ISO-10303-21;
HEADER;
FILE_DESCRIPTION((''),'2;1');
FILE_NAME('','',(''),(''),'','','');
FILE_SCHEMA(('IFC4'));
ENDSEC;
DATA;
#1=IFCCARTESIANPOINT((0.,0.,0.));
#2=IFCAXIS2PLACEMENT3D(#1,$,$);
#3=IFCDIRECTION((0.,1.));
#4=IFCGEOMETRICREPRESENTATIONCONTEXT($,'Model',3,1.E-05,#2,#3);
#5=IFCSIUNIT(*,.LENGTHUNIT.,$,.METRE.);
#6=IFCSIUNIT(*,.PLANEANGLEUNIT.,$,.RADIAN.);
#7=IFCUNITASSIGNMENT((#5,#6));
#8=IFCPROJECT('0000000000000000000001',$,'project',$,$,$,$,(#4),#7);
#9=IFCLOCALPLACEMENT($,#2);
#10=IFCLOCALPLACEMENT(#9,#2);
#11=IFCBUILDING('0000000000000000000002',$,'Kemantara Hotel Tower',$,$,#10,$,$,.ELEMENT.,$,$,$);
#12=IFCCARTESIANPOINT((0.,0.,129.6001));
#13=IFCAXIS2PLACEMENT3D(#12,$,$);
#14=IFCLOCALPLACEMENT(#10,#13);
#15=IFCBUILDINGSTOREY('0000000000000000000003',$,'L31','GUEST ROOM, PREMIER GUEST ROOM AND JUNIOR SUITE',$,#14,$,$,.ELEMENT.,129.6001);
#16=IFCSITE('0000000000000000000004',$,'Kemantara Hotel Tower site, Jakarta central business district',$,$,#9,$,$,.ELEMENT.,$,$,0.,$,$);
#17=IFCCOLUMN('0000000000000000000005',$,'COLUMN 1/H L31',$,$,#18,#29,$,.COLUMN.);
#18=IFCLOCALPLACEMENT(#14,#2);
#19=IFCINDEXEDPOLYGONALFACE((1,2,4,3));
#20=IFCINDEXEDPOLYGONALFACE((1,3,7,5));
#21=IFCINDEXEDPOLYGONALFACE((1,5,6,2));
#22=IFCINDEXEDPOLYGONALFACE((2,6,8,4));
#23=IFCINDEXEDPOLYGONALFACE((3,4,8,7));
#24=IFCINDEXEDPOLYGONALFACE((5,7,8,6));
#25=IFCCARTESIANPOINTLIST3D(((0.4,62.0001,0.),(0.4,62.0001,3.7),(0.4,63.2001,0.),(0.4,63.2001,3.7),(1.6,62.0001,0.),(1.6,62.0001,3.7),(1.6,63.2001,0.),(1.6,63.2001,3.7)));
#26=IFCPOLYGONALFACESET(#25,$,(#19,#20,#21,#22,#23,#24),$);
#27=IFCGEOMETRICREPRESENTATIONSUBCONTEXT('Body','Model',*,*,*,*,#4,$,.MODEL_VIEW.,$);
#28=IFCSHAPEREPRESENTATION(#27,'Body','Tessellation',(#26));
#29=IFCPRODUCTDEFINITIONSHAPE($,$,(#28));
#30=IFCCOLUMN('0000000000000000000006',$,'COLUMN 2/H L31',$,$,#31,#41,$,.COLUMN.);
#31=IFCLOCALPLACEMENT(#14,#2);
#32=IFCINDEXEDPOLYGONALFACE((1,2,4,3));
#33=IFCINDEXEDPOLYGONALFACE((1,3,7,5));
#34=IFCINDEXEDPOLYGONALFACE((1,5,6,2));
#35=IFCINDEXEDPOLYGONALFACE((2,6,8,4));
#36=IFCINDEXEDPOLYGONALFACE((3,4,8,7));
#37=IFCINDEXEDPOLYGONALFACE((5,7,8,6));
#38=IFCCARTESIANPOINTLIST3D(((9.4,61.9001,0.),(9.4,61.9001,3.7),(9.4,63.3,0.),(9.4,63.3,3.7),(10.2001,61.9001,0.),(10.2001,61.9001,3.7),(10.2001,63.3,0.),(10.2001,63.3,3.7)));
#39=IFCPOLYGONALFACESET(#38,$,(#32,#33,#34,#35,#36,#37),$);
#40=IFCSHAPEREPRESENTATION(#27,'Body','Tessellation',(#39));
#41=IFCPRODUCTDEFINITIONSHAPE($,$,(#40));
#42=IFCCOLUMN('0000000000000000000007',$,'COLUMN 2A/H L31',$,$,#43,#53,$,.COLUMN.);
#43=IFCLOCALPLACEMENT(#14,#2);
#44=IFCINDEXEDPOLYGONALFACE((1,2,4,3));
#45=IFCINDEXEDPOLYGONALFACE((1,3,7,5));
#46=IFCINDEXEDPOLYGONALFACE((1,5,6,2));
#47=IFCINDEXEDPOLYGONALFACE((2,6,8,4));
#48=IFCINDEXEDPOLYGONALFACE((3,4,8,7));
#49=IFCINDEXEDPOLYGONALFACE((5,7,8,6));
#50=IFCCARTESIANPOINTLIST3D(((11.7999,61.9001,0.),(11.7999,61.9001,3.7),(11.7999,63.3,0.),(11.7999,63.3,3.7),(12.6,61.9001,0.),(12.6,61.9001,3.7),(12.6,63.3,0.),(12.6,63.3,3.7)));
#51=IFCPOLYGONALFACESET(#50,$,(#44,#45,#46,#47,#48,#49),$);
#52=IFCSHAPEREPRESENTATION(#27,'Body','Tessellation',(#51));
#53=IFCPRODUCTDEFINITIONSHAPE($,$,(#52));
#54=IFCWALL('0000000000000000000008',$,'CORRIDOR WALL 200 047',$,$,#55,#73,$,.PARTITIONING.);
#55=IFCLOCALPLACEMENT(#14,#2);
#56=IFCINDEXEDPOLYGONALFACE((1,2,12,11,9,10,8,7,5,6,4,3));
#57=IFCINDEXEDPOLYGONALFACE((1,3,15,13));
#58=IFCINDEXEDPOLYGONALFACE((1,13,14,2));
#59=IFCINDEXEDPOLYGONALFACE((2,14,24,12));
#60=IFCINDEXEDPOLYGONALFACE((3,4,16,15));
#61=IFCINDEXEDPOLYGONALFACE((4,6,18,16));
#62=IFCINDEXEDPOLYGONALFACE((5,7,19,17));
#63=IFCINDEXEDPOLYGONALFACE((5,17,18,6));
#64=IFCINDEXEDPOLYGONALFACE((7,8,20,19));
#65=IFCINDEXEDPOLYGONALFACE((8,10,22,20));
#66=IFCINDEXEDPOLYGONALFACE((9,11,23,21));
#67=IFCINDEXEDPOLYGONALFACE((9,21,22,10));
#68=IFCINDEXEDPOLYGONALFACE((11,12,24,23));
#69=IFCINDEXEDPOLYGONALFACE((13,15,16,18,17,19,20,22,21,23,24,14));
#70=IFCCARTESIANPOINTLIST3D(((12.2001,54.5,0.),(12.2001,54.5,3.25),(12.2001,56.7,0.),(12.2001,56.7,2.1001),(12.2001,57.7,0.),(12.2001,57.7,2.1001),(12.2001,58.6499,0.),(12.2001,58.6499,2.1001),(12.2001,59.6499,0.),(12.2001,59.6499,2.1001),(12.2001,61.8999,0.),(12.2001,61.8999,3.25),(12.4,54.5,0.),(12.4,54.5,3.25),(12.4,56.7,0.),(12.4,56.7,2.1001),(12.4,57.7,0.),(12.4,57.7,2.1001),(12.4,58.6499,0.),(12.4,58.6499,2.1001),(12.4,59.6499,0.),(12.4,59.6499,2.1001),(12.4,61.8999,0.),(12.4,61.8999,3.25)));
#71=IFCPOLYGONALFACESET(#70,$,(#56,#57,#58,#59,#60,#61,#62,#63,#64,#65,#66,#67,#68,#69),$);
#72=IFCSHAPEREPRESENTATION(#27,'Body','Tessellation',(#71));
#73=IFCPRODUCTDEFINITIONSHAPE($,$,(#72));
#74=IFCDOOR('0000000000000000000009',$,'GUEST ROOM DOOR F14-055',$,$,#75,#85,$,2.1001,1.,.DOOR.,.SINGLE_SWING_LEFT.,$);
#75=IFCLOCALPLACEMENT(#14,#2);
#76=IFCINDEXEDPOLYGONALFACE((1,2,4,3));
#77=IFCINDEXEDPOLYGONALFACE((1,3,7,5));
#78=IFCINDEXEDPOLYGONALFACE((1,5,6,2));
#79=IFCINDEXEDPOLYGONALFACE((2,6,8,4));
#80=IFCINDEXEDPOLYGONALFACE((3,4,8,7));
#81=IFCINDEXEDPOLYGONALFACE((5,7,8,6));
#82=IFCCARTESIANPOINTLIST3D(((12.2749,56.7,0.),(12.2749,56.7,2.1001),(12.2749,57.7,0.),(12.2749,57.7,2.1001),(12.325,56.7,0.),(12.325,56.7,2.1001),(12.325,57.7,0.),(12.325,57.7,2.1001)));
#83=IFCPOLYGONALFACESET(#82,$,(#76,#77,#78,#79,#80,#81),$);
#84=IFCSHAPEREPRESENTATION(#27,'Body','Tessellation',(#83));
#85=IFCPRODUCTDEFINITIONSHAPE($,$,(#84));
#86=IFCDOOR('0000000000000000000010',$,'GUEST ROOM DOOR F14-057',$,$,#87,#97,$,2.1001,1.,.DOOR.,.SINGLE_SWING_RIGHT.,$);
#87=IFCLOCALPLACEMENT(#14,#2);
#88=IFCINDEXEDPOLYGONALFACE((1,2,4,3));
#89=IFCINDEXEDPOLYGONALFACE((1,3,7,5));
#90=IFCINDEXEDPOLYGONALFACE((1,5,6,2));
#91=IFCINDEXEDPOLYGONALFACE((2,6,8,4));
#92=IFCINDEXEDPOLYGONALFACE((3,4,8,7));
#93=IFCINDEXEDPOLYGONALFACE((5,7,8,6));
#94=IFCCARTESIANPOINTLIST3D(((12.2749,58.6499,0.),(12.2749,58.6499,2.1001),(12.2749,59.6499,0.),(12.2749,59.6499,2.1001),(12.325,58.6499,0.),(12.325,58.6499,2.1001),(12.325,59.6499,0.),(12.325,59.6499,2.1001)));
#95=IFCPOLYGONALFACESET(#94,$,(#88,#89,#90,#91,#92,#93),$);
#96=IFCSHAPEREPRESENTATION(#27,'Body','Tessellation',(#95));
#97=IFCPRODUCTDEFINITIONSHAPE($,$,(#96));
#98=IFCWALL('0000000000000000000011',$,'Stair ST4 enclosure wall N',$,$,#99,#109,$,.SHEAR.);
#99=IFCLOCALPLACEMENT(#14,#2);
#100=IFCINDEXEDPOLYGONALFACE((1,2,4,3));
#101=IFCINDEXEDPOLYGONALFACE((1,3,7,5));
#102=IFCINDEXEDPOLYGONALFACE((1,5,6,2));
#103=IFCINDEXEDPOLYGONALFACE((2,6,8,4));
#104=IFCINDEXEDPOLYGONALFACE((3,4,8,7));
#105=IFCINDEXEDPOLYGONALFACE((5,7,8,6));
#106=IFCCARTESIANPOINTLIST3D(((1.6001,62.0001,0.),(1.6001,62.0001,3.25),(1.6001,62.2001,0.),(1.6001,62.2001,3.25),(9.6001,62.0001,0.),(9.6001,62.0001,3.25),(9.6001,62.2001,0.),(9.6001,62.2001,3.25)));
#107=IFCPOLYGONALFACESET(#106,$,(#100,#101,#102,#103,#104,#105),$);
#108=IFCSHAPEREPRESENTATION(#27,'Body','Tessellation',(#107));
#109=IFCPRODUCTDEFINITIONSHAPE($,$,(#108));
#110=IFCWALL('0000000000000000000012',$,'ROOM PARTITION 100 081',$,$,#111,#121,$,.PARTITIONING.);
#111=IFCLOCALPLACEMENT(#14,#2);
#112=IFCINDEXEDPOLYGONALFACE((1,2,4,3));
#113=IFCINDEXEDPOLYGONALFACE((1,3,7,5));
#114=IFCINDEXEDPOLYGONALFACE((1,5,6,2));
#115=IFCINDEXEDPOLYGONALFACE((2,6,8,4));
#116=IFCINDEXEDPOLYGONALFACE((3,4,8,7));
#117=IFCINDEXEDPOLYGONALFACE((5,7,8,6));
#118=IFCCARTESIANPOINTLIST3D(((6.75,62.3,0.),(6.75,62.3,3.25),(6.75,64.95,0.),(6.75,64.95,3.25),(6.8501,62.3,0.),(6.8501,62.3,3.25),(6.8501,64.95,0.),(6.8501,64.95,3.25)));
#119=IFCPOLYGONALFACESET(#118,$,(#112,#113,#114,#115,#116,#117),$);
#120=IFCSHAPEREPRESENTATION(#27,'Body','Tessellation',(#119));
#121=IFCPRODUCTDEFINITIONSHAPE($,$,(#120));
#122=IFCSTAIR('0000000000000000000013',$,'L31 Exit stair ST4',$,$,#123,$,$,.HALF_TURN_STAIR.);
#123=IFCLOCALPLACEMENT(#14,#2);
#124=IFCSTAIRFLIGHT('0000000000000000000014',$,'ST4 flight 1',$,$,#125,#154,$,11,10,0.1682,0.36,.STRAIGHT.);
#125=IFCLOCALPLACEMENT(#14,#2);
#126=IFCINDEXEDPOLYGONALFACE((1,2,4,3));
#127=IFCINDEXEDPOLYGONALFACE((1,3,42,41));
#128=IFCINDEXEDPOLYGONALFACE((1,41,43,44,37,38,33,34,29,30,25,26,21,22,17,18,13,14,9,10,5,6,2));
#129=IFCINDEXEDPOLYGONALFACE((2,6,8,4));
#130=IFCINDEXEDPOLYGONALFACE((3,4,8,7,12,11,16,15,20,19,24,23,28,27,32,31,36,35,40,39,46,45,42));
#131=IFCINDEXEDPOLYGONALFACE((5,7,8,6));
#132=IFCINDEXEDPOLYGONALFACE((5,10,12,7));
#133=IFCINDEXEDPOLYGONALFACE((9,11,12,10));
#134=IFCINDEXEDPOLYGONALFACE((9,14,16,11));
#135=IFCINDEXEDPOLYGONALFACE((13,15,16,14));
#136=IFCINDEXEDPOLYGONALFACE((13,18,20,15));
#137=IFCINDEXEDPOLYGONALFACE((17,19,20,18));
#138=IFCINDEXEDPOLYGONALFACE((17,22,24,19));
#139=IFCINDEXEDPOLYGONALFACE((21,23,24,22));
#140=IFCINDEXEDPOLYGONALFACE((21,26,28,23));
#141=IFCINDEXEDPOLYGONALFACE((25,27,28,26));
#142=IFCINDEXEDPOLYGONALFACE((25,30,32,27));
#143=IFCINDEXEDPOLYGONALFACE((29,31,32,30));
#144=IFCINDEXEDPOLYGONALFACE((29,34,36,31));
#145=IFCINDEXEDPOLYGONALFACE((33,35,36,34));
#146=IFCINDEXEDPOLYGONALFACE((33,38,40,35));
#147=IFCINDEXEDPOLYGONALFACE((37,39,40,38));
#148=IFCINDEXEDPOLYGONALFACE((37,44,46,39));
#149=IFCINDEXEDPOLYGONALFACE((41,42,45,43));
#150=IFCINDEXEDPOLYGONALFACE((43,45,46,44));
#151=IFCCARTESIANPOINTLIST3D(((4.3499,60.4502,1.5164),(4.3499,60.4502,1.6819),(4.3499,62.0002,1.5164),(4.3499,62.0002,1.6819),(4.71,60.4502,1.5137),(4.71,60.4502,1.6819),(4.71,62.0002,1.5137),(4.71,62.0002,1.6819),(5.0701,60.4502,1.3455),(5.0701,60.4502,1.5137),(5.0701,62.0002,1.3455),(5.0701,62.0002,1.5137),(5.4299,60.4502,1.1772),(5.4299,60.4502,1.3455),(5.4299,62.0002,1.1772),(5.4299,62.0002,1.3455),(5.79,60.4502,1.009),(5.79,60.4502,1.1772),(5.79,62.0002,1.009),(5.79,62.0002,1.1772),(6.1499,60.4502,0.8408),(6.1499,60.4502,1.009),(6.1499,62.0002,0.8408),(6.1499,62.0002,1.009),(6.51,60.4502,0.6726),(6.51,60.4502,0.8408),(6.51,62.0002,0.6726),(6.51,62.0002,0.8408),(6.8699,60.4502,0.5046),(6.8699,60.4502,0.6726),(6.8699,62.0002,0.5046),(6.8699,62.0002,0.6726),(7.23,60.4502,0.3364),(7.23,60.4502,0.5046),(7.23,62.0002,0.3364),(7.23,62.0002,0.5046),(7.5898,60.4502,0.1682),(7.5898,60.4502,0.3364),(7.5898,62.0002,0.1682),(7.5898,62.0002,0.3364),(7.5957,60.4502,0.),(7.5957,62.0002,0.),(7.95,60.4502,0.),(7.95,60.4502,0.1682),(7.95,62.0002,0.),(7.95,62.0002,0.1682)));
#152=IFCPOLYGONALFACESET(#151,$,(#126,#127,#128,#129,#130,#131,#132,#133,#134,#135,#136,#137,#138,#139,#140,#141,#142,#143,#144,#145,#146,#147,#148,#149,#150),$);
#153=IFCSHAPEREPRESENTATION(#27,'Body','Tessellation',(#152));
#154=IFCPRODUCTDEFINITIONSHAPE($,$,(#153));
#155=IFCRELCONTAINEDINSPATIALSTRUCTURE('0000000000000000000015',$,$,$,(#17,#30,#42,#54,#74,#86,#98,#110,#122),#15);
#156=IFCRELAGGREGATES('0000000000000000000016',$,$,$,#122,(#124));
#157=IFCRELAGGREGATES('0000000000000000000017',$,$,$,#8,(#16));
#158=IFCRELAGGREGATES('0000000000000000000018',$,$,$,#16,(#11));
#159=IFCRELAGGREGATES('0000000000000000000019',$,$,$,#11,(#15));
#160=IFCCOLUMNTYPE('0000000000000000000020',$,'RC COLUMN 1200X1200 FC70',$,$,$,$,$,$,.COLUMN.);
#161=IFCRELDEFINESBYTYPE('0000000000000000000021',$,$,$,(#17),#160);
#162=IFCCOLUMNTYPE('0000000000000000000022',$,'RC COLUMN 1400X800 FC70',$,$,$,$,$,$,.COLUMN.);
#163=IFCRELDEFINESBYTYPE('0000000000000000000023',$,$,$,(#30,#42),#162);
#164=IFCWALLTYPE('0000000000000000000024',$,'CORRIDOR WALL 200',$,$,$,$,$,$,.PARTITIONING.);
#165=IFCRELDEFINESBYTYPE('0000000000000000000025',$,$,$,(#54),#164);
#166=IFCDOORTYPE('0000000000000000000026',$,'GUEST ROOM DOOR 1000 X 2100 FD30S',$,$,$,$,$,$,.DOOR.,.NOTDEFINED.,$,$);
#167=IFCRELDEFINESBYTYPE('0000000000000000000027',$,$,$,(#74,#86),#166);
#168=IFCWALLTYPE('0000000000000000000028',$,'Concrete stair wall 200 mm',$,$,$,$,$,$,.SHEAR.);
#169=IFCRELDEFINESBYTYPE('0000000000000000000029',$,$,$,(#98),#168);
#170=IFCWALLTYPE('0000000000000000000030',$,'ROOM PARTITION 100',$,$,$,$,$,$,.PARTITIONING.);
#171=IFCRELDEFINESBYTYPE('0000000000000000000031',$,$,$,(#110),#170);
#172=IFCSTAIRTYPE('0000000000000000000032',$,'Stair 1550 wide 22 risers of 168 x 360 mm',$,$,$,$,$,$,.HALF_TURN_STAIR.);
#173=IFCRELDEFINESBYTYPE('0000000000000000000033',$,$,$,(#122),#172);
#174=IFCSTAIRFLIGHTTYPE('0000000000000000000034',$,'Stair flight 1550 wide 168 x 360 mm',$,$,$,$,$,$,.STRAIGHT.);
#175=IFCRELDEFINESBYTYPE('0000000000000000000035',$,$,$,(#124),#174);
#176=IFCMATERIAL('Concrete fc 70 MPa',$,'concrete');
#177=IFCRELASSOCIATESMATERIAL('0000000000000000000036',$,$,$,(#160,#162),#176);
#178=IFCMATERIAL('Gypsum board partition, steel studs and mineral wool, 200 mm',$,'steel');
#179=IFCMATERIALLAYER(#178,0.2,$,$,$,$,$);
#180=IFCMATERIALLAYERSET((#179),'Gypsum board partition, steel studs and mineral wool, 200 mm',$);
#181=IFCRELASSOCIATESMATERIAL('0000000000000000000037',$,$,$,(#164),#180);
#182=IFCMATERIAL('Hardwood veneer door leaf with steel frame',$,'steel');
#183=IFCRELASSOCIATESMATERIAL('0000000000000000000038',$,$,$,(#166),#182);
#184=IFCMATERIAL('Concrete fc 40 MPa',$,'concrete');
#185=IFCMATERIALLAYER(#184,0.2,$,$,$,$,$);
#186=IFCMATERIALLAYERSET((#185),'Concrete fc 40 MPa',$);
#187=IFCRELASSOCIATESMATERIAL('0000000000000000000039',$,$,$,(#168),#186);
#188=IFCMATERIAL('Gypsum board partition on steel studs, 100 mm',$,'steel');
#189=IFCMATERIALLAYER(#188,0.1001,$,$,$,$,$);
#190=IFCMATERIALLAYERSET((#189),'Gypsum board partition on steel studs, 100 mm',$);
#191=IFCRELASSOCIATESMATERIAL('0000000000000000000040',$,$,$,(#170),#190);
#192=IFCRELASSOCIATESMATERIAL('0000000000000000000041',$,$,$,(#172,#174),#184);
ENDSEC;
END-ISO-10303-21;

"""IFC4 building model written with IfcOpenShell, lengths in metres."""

from ifc_helpers import new_model, si_unit, direction, frame, frame_2d, origin, origin_2d, place, context, subcontext, project, spatial, polyline, rectangle, outline, extrude, material, layer, layer_set, material_profile, profile_set, type_object, element, fill, aggregate, save


model = new_model("IFC4")

# Units and contexts
model_context = context("Model", 3, precision=1e-05, world=origin(), true_north=direction((0.0, 1.0)))
body_context = subcontext(model_context, "Body", "Model", "MODEL_VIEW")
ifc_project = project(units=[si_unit("LENGTHUNIT", "METRE"), si_unit("PLANEANGLEUNIT", "RADIAN")], contexts=[model_context])

# Site, building, storey
site_placement = place(None, origin())
site = spatial("IfcSite", under=ifc_project, at=site_placement, Name="Kemantara Hotel Tower site, Jakarta central business district", CompositionType="ELEMENT", RefElevation=0.0)
building_placement = place(site_placement, origin())
building = spatial("IfcBuilding", under=site, at=building_placement, Name="Kemantara Hotel Tower", CompositionType="ELEMENT")
storey_placement = place(building_placement, frame((0.0, 0.0, 129.6001)))
storey = spatial("IfcBuildingStorey", under=building, at=storey_placement, Name="L31", Description="GUEST ROOM, PREMIER GUEST ROOM AND JUNIOR SUITE", CompositionType="ELEMENT", Elevation=129.6001)

# Columns
ifc_material_1 = material(Name="Concrete fc 70 MPa", Category="concrete")
ifc_material_profile_1 = material_profile(ifc_material_1, rectangle(XDim=1.2, YDim=1.2, at=origin_2d()), Name="RC 1200X1200")
ifc_profile_set_1 = profile_set([ifc_material_profile_1], Name="Concrete fc 70 MPa")
column_type_1 = type_object("IfcColumnType", Name="RC COLUMN 1200X1200 FC70", PredefinedType="COLUMN", material=ifc_profile_set_1)
column_placement = place(storey_placement, frame((1.0, 62.6001, 0.0), z_axis=(0.0, 0.0, 1.0), x_axis=(1.0, 0.0, 0.0)))
element("IfcColumn", 1, at=column_placement, inside=storey, type_object=column_type_1, Name="COLUMN 1/H L31", PredefinedType="COLUMN", context=body_context, shape_type="SweptSolid", body=[
    extrude(rectangle(XDim=1.2, YDim=1.2, at=origin_2d()), origin(), (0.0, 0.0, 1.0), 3.7),
])
ifc_material_profile_2 = material_profile(ifc_material_1, rectangle(XDim=1.3999, YDim=0.8, at=origin_2d()), Name="RC 1400X800")
ifc_profile_set_2 = profile_set([ifc_material_profile_2], Name="Concrete fc 70 MPa")
column_type_2 = type_object("IfcColumnType", Name="RC COLUMN 1400X800 FC70", PredefinedType="COLUMN", material=ifc_profile_set_2)
for number, where, z_axis, x_axis, name in (
    (2, (9.8, 62.6001, 0.0), (0.0, 0.0, 1.0), (0.0, 1.0, 0.0), "COLUMN 2/H L31"),
    (3, (12.2, 62.6001, 0.0), (0.0, 0.0, 1.0), (0.0, 1.0, 0.0), "COLUMN 2A/H L31"),
):
    element("IfcColumn", number, at=place(storey_placement, frame(where, z_axis=z_axis, x_axis=x_axis)), inside=storey, type_object=column_type_2, Name=name, PredefinedType="COLUMN", context=body_context, shape_type="SweptSolid", body=[
        extrude(rectangle(XDim=1.3999, YDim=0.8, at=origin_2d()), origin(), (0.0, 0.0, 1.0), 3.7),
    ])

# Wall, openings, doors
ifc_material_2 = material(Name="Gypsum board partition, steel studs and mineral wool, 200 mm", Category="steel")
ifc_layer_1 = layer(ifc_material_2, 0.2)
ifc_layer_set_1 = layer_set([ifc_layer_1], Name="Gypsum board partition, steel studs and mineral wool, 200 mm")
wall_type_1 = type_object("IfcWallType", Name="CORRIDOR WALL 200", PredefinedType="PARTITIONING", material=ifc_layer_set_1)
wall_1_placement = place(storey_placement, frame((12.3, 61.8999, 0.0), z_axis=(0.0, 0.0, 1.0), x_axis=(0.0, -1.0, 0.0)))
wall_1 = element("IfcWall", 4, at=wall_1_placement, inside=storey, type_object=wall_type_1, Name="CORRIDOR WALL 200 047", PredefinedType="PARTITIONING", context=body_context, shape_type="SweptSolid", body=[
    extrude(rectangle(XDim=7.3999, YDim=0.2, at=frame_2d((3.7, 0.0))), origin(), (0.0, 0.0, 1.0), 3.25),
])
opening_1_placement = place(wall_1_placement, frame((4.2, 0.0, 0.0)))
opening_1 = element("IfcOpeningElement", 5, at=opening_1_placement, cuts=wall_1, PredefinedType="OPENING", context=body_context, shape_type="SweptSolid", body=[
    extrude(rectangle(XDim=1.0, YDim=2.1001, at=frame_2d((0.5, 1.05))), frame((0.0, 0.1099, 0.0), z_axis=(0.0, -1.0, 0.0), x_axis=(1.0, 0.0, 0.0)), (0.0, 0.0, 1.0), 0.22),
])
opening_2_placement = place(wall_1_placement, frame((2.25, 0.0, 0.0)))
opening_2 = element("IfcOpeningElement", 6, at=opening_2_placement, cuts=wall_1, PredefinedType="OPENING", context=body_context, shape_type="SweptSolid", body=[
    extrude(rectangle(XDim=1.0, YDim=2.1001, at=frame_2d((0.5, 1.05))), frame((0.0, 0.1099, 0.0), z_axis=(0.0, -1.0, 0.0), x_axis=(1.0, 0.0, 0.0)), (0.0, 0.0, 1.0), 0.22),
])
ifc_material_3 = material(Name="Hardwood veneer door leaf with steel frame", Category="steel")
door_type = type_object("IfcDoorType", Name="GUEST ROOM DOOR 1000 X 2100 FD30S", OperationType="NOTDEFINED", PredefinedType="DOOR", material=ifc_material_3)
door_1_placement = place(opening_1_placement, origin())
door_1 = element("IfcDoor", 7, at=door_1_placement, inside=storey, type_object=door_type, Name="GUEST ROOM DOOR F14-055", OperationType="SINGLE_SWING_LEFT", OverallHeight=2.1001, OverallWidth=1.0, PredefinedType="DOOR", context=body_context, shape_type="SweptSolid", body=[
    extrude(rectangle(XDim=1.0, YDim=2.1001, at=frame_2d((0.5, 1.05))), frame((0.0, 0.0249, 0.0), z_axis=(0.0, -1.0, 0.0), x_axis=(1.0, 0.0, 0.0)), (0.0, 0.0, 1.0), 0.05),
])
fill(opening_1, door_1)
door_2_placement = place(opening_2_placement, origin())
door_2 = element("IfcDoor", 8, at=door_2_placement, inside=storey, type_object=door_type, Name="GUEST ROOM DOOR F14-057", OperationType="SINGLE_SWING_RIGHT", OverallHeight=2.1001, OverallWidth=1.0, PredefinedType="DOOR", context=body_context, shape_type="SweptSolid", body=[
    extrude(rectangle(XDim=1.0, YDim=2.1001, at=frame_2d((0.5, 1.05))), frame((0.0, 0.0249, 0.0), z_axis=(0.0, -1.0, 0.0), x_axis=(1.0, 0.0, 0.0)), (0.0, 0.0, 1.0), 0.05),
])
fill(opening_2, door_2)

# Walls
ifc_material_4 = material(Name="Concrete fc 40 MPa", Category="concrete")
ifc_layer_2 = layer(ifc_material_4, 0.2)
ifc_layer_set_2 = layer_set([ifc_layer_2], Name="Concrete fc 40 MPa")
wall_type_2 = type_object("IfcWallType", Name="Concrete stair wall 200 mm", PredefinedType="SHEAR", material=ifc_layer_set_2)
wall_2_placement = place(storey_placement, frame((1.6001, 62.1001, 0.0), z_axis=(0.0, 0.0, 1.0), x_axis=(1.0, 0.0, 0.0)))
element("IfcWall", 9, at=wall_2_placement, inside=storey, type_object=wall_type_2, Name="Stair ST4 enclosure wall N", PredefinedType="SHEAR", context=body_context, shape_type="SweptSolid", body=[
    extrude(rectangle(XDim=8.0, YDim=0.2, at=frame_2d((4.0, 0.0))), origin(), (0.0, 0.0, 1.0), 3.25),
])
ifc_material_5 = material(Name="Gypsum board partition on steel studs, 100 mm", Category="steel")
ifc_layer_3 = layer(ifc_material_5, 0.1001)
ifc_layer_set_3 = layer_set([ifc_layer_3], Name="Gypsum board partition on steel studs, 100 mm")
wall_type_3 = type_object("IfcWallType", Name="ROOM PARTITION 100", PredefinedType="PARTITIONING", material=ifc_layer_set_3)
wall_3_placement = place(storey_placement, frame((6.8, 62.3, 0.0), z_axis=(0.0, 0.0, 1.0), x_axis=(0.0, 1.0, 0.0)))
element("IfcWall", 10, at=wall_3_placement, inside=storey, type_object=wall_type_3, Name="ROOM PARTITION 100 081", PredefinedType="PARTITIONING", context=body_context, shape_type="SweptSolid", body=[
    extrude(rectangle(XDim=2.6499, YDim=0.1001, at=frame_2d((1.325, 0.0))), origin(), (0.0, 0.0, 1.0), 3.25),
])

# Stair, stair flight
stair_type = type_object("IfcStairType", Name="Stair 1550 wide 22 risers of 168 x 360 mm", PredefinedType="HALF_TURN_STAIR", material=ifc_material_4)
stair_placement = place(storey_placement, origin())
stair = element("IfcStair", 11, at=stair_placement, inside=storey, type_object=stair_type, Name="L31 Exit stair ST4", PredefinedType="HALF_TURN_STAIR")
stair_flight_type = type_object("IfcStairFlightType", Name="Stair flight 1550 wide 168 x 360 mm", PredefinedType="STRAIGHT", material=ifc_material_4)
stair_flight_1_placement = place(storey_placement, frame((7.95, 61.2251, 0.0), z_axis=(0.0, 0.0, 1.0), x_axis=(-1.0, 0.0, 0.0)))
stair_flight_1 = element("IfcStairFlight", 12, at=stair_flight_1_placement, type_object=stair_flight_type, Name="ST4 flight 1", NumberOfRisers=11, NumberOfTreads=10, PredefinedType="STRAIGHT", RiserHeight=0.1682, TreadLength=0.36, context=body_context, shape_type="SweptSolid", body=[
    extrude(outline(polyline([(0.0, 0.0), (0.0, 0.1682), (0.3601, 0.1682), (0.3601, 0.3364), (0.72, 0.3364), (0.72, 0.5046), (1.0801, 0.5046), (1.0801, 0.6726), (1.4399, 0.6726), (1.4399, 0.8408), (1.8, 0.8408), (1.8, 1.009), (2.1599, 1.009), (2.1599, 1.1772), (2.52, 1.1772), (2.52, 1.3455), (2.8799, 1.3455), (2.8799, 1.5137), (3.24, 1.5137), (3.24, 1.6819), (3.6001, 1.6819), (3.6001, 1.8501), (3.6001, 1.5164), (0.3542, 0.0), (0.0, 0.0)])), frame((0.0, 0.7749, 0.0), z_axis=(0.0, -1.0, 0.0), x_axis=(1.0, 0.0, 0.0)), (0.0, 0.0, 1.0), 1.55),
])
aggregate(stair, [stair_flight_1])

save(model, "model.ifc")
